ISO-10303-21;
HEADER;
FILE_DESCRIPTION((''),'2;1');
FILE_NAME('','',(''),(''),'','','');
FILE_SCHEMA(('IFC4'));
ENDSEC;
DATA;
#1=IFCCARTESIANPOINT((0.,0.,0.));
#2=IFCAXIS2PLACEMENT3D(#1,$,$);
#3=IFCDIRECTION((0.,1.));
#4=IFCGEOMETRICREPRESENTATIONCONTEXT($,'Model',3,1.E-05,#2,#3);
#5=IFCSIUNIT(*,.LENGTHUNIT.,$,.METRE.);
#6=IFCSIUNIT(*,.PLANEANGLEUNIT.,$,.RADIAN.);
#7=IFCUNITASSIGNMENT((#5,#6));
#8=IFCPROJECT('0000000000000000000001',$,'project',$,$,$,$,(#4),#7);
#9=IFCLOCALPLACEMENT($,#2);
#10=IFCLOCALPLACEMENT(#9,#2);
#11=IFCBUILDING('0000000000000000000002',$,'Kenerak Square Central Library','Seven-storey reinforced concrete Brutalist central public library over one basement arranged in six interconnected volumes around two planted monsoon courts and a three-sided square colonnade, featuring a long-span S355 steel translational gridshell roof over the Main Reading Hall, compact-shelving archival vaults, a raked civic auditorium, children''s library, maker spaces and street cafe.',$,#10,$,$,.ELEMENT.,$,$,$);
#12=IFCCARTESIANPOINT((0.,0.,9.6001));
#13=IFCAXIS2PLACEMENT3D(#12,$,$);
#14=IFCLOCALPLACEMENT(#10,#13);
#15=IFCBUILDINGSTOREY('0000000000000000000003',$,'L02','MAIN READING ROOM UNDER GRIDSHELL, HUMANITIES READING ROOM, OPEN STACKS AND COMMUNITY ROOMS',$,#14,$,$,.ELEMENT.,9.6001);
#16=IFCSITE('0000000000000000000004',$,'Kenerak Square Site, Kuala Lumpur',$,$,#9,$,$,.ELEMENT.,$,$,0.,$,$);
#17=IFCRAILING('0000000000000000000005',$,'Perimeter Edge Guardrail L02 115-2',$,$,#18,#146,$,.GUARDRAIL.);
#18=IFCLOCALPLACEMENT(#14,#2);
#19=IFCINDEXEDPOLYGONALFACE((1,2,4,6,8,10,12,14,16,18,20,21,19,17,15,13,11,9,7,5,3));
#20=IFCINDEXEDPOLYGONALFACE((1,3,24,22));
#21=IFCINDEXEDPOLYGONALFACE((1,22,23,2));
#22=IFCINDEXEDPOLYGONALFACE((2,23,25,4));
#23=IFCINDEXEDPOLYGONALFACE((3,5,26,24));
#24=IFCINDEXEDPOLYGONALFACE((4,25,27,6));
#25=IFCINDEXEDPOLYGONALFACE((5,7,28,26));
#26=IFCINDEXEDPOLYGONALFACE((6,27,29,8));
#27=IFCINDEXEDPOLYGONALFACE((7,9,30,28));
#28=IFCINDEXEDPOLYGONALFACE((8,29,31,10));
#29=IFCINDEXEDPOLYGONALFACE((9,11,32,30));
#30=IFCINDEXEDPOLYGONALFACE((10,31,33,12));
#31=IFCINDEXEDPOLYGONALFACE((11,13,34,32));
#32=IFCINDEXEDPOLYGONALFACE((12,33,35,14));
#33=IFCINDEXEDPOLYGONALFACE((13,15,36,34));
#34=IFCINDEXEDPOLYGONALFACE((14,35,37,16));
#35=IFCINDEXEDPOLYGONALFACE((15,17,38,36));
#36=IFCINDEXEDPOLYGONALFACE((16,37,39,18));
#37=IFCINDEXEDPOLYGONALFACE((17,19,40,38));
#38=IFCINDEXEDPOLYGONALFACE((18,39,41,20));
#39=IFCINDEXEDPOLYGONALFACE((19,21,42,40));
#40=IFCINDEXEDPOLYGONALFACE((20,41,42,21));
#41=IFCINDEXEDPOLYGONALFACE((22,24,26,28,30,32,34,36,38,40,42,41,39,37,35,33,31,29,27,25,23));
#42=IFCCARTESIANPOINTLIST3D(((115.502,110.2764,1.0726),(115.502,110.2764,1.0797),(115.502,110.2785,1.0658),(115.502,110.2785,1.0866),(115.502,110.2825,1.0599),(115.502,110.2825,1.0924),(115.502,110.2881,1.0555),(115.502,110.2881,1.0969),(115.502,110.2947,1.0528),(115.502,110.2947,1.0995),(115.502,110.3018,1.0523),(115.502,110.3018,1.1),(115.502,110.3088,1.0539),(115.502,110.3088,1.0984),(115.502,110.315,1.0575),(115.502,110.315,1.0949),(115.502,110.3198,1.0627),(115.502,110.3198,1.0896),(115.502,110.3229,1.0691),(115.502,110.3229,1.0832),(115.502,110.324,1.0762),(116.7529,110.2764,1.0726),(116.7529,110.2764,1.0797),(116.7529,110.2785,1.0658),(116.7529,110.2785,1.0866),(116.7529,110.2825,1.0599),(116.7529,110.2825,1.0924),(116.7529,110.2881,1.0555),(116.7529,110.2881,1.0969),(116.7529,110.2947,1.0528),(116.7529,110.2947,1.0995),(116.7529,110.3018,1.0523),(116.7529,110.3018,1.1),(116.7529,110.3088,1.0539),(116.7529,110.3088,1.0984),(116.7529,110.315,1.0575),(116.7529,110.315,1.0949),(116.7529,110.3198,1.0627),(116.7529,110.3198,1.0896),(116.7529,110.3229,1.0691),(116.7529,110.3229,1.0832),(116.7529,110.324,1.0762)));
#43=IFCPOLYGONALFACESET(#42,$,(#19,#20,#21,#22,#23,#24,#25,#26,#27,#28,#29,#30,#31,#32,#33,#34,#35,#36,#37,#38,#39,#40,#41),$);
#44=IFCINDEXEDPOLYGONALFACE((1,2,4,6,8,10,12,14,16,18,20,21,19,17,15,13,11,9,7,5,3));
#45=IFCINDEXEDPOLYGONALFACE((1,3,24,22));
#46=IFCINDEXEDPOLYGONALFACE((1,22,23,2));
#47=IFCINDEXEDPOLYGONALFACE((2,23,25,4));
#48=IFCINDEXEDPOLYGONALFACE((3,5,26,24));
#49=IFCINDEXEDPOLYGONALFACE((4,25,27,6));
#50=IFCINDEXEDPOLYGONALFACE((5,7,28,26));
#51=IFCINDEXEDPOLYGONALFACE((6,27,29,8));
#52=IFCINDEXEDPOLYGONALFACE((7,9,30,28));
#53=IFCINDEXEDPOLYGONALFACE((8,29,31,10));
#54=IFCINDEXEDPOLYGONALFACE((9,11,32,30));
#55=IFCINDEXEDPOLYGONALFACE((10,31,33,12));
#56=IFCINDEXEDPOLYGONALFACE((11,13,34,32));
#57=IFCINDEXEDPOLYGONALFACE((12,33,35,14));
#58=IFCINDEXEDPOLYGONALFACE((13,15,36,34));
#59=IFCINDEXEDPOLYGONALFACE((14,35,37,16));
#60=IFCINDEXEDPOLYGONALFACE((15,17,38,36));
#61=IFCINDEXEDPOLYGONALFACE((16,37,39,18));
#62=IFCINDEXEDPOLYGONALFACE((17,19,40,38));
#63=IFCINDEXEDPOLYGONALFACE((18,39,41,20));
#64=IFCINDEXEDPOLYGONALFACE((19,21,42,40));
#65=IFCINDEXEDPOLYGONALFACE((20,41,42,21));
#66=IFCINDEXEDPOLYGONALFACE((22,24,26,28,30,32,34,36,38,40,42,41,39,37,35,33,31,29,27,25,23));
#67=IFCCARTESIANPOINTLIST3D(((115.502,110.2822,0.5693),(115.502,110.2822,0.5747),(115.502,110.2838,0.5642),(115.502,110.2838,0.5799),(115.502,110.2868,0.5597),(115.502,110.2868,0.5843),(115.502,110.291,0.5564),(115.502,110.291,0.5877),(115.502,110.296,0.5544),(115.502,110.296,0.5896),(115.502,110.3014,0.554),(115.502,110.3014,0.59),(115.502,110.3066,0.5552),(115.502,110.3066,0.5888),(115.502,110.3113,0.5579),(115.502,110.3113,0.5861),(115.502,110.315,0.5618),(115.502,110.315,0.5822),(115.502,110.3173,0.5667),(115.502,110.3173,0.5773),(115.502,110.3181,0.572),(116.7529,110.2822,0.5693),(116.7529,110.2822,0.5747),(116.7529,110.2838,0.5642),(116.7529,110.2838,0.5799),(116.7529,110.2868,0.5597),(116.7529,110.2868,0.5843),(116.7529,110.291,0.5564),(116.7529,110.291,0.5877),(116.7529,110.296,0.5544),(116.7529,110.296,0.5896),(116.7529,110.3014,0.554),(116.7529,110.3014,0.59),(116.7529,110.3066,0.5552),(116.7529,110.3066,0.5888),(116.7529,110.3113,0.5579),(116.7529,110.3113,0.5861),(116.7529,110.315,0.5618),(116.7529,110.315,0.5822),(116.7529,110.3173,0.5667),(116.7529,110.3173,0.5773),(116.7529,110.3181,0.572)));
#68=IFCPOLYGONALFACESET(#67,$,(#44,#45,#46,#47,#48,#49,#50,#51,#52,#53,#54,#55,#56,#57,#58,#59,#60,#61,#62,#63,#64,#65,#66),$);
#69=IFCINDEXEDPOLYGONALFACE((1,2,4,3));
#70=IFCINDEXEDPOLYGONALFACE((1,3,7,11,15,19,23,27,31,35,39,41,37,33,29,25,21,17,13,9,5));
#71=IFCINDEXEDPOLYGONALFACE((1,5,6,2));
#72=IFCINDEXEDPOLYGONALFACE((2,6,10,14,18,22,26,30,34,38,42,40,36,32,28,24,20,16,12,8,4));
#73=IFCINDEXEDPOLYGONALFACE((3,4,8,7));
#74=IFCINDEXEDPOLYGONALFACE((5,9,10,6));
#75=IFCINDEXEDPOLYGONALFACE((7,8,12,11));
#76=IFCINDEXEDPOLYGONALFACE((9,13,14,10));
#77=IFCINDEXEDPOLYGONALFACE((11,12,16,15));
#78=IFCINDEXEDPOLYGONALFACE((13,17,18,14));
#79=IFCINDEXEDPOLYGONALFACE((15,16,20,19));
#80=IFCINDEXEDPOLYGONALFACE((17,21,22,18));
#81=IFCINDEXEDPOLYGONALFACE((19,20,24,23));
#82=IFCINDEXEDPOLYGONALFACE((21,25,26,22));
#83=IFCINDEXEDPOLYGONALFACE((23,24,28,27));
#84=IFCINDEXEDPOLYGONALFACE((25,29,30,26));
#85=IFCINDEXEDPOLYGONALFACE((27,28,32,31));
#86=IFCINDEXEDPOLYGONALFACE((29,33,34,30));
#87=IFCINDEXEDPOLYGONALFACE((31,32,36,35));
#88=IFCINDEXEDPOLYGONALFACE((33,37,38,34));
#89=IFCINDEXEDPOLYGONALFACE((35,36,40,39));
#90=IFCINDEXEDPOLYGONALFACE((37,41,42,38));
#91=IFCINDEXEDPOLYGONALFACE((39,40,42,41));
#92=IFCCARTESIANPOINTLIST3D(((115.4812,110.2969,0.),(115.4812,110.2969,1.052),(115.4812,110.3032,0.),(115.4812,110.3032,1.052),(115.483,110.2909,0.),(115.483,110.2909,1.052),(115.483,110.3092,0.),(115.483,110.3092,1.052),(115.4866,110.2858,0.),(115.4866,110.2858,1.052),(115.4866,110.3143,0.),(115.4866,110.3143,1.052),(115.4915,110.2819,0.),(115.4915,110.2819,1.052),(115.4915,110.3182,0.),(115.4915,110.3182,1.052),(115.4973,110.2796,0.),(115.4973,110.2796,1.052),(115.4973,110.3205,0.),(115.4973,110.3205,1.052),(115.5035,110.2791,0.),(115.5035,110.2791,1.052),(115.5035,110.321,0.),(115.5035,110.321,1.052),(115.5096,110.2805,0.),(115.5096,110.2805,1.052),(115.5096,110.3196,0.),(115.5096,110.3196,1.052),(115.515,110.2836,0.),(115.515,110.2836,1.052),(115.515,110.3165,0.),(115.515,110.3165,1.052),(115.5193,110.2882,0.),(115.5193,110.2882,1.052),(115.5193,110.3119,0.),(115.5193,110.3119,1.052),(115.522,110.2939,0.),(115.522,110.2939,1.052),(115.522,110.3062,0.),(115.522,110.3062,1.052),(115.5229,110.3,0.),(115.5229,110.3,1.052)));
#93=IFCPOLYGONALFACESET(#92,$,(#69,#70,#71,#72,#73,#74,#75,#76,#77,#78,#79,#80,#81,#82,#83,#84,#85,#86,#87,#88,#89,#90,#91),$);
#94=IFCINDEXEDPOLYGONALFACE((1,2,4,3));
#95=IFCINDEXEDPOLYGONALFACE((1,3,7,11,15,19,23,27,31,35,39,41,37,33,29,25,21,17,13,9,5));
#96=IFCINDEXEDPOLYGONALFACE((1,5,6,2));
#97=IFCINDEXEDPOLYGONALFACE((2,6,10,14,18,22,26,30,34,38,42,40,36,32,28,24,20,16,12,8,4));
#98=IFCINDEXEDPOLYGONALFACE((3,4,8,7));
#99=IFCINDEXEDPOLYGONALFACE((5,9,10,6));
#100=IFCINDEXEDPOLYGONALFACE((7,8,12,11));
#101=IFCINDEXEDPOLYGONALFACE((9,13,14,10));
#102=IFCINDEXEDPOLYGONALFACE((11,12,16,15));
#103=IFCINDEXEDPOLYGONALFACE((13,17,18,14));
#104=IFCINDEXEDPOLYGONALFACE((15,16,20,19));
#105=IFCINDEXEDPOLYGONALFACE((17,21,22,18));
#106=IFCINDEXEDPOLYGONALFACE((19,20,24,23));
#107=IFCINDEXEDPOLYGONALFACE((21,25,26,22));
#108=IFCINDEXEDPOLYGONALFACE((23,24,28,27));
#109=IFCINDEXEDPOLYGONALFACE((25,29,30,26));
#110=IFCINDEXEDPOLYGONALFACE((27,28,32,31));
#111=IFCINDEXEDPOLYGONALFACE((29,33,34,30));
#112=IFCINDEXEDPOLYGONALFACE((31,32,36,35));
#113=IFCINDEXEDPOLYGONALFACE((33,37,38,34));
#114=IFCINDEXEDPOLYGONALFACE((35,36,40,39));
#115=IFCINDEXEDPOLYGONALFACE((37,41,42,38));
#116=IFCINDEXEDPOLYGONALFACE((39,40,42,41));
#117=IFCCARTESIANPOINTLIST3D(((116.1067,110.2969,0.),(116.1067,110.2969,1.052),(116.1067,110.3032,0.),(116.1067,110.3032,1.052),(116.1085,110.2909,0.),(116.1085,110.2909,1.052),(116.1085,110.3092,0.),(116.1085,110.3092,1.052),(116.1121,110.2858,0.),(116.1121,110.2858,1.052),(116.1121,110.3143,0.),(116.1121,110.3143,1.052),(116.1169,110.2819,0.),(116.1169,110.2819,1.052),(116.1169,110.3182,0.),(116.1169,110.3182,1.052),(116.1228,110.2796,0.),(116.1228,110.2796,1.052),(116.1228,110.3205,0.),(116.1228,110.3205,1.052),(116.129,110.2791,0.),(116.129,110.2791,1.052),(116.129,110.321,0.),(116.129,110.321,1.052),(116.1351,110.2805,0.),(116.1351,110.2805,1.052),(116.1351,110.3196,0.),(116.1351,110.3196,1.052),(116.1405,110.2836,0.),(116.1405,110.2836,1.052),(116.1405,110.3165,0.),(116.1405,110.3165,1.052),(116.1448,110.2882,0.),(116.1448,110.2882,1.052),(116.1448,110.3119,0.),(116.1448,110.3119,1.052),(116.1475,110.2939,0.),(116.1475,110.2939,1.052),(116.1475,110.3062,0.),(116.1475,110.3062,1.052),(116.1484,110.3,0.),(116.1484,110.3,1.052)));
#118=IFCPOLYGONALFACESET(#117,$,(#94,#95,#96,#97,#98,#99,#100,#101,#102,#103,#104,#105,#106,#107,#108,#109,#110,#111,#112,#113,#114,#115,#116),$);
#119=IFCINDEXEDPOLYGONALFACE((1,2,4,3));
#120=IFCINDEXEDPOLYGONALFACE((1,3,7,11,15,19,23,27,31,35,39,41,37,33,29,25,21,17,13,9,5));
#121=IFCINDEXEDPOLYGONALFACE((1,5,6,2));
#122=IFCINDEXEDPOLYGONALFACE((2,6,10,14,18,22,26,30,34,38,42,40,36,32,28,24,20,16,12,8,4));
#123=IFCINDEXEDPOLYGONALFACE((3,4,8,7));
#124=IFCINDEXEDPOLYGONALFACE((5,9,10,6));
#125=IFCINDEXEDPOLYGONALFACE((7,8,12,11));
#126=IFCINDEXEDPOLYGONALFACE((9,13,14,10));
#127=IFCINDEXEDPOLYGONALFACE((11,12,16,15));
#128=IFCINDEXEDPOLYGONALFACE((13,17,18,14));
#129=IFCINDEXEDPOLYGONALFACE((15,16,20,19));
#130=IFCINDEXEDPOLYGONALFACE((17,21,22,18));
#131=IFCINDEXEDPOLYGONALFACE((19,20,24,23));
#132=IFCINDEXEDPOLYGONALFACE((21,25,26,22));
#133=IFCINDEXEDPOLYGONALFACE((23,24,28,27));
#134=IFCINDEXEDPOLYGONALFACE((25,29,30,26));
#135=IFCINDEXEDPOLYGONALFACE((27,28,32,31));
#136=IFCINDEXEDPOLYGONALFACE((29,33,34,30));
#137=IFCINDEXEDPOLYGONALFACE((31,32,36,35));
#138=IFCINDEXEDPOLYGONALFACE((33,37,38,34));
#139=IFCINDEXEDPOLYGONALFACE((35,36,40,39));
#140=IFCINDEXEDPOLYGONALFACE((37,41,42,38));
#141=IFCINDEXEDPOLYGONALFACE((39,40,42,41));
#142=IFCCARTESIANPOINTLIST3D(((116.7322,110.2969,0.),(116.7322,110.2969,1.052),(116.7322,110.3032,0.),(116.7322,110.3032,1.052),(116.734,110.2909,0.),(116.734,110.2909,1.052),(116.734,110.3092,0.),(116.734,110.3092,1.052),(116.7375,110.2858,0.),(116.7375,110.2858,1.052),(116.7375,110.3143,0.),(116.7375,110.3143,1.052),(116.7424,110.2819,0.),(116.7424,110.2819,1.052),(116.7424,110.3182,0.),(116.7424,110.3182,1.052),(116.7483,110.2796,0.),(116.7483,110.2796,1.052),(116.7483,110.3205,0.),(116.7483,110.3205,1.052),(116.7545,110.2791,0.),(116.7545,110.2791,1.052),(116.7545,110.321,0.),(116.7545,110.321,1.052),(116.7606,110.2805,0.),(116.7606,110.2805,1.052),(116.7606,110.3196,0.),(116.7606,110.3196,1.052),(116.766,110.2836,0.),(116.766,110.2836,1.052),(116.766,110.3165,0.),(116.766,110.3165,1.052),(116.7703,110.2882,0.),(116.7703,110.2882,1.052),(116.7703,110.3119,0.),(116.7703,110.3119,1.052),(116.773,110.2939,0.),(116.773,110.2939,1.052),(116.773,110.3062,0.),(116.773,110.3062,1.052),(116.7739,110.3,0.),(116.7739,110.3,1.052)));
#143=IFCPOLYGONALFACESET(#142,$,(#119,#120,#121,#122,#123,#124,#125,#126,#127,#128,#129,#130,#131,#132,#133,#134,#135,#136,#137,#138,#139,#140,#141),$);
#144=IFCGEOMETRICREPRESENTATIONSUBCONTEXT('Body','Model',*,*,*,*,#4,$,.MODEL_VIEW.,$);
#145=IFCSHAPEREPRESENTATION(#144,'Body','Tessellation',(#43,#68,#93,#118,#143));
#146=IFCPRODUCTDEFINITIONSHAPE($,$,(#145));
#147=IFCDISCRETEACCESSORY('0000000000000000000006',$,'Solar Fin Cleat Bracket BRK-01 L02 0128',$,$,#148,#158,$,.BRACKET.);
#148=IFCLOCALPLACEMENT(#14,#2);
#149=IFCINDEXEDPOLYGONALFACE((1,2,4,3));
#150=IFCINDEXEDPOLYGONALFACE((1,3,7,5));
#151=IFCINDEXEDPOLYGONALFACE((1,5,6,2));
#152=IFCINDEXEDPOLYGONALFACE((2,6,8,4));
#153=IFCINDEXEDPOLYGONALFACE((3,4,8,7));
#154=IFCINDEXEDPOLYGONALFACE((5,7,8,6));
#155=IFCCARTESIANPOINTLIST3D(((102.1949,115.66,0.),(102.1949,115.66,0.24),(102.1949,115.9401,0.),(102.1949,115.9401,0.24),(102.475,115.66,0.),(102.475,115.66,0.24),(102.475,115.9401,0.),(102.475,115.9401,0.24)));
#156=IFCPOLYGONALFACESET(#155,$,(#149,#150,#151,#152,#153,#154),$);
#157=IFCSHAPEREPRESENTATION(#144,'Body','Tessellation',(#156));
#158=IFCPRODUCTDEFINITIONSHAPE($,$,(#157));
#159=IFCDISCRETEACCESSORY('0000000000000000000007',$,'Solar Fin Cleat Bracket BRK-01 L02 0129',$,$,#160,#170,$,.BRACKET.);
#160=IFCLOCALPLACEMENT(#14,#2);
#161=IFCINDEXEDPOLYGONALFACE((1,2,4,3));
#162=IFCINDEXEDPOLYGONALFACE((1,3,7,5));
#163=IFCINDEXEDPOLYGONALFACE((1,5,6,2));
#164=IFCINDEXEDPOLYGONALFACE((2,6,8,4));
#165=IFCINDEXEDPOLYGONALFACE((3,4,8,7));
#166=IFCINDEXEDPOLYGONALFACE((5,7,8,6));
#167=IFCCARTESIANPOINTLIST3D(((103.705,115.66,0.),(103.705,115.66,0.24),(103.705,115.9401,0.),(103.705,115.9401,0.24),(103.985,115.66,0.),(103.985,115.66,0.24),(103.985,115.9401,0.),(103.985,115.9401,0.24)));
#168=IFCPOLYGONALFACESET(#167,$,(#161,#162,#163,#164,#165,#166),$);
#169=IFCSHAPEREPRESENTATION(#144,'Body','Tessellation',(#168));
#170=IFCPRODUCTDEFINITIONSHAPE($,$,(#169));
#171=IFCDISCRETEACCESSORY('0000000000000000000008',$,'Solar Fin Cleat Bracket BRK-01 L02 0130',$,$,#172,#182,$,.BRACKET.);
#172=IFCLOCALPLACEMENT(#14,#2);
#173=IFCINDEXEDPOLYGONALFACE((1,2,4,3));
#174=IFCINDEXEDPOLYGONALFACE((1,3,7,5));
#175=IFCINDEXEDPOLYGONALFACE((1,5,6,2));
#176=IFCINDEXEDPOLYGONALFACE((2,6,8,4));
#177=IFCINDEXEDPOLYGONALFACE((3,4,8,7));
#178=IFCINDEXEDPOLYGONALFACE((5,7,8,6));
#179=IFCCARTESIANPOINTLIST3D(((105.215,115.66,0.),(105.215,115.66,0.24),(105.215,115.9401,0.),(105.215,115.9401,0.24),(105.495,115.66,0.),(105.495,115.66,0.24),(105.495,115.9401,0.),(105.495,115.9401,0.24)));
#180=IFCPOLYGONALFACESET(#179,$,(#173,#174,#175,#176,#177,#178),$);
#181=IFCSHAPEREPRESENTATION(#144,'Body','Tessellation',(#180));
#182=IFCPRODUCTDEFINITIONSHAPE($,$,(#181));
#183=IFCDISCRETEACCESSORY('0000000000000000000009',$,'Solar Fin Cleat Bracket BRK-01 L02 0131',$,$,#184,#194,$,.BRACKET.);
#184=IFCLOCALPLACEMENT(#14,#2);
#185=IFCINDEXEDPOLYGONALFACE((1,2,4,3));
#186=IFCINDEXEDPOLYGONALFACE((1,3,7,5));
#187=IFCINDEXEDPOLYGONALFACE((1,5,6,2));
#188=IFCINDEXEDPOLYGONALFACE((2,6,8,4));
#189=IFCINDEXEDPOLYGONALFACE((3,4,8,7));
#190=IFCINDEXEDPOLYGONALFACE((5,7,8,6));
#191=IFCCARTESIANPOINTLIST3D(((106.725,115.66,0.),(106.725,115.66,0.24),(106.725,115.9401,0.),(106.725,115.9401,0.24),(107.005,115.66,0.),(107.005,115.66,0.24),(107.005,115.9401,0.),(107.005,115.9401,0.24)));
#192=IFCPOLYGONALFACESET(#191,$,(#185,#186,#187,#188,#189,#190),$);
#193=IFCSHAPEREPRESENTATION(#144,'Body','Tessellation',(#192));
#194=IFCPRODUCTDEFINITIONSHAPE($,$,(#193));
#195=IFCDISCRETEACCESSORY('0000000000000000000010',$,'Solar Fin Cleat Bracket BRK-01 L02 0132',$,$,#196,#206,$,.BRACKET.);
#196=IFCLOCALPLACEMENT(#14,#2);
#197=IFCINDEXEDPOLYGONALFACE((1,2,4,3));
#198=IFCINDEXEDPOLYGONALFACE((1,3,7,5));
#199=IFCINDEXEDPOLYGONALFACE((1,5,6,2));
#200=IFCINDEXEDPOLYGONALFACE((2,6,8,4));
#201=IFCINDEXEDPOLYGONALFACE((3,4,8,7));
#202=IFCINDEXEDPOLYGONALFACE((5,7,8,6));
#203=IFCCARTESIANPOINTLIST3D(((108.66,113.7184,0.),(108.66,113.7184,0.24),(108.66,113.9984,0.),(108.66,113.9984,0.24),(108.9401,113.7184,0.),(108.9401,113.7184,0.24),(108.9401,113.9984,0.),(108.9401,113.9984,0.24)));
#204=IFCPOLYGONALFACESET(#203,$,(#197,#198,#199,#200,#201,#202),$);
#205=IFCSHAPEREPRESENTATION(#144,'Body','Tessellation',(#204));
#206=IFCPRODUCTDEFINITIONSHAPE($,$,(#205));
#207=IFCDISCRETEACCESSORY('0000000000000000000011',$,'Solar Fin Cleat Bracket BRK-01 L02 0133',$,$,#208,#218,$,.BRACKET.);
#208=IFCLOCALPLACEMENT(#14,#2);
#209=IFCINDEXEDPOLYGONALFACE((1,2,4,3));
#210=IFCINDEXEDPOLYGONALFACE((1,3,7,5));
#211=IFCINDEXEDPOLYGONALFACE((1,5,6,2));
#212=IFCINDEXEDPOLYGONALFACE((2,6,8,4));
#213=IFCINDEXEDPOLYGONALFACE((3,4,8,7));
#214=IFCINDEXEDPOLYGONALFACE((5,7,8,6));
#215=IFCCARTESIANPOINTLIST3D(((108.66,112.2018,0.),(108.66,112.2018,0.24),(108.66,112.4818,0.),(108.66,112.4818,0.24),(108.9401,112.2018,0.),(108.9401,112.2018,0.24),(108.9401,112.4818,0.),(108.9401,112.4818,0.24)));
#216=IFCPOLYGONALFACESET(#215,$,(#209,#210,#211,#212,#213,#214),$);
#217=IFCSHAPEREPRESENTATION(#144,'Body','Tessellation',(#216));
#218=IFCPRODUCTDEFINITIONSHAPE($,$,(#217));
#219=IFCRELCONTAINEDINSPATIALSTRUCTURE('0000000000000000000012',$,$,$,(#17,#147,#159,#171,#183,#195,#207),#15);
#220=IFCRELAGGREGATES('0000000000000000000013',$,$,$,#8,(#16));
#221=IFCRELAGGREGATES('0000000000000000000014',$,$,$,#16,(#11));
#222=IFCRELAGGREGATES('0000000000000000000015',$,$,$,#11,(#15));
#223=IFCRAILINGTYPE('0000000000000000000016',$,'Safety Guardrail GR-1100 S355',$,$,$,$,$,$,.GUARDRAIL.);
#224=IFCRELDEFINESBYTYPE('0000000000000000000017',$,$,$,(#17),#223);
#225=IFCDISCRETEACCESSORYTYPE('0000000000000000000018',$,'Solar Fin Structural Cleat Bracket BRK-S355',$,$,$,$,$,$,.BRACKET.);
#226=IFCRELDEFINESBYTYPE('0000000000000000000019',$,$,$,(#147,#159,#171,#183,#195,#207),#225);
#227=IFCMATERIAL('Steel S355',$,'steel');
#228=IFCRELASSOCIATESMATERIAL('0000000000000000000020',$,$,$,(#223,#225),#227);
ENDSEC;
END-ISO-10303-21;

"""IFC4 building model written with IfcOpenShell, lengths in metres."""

from ifc_helpers import new_model, si_unit, direction, frame, origin, origin_2d, place, context, subcontext, project, spatial, rectangle, circle, extrude, material, type_object, element, save


model = new_model("IFC4")

# Units and contexts
model_context = context("Model", 3, precision=1e-05, world=origin(), true_north=direction((0.0, 1.0)))
body_context = subcontext(model_context, "Body", "Model", "MODEL_VIEW")
ifc_project = project(units=[si_unit("LENGTHUNIT", "METRE"), si_unit("PLANEANGLEUNIT", "RADIAN")], contexts=[model_context])

# Site, building, storey
site_placement = place(None, origin())
site = spatial("IfcSite", under=ifc_project, at=site_placement, Name="Kenerak Square Site, Kuala Lumpur", CompositionType="ELEMENT", RefElevation=0.0)
building_placement = place(site_placement, origin())
building = spatial("IfcBuilding", under=site, at=building_placement, Name="Kenerak Square Central Library", Description="Seven-storey reinforced concrete Brutalist central public library over one basement arranged in six interconnected volumes around two planted monsoon courts and a three-sided square colonnade, featuring a long-span S355 steel translational gridshell roof over the Main Reading Hall, compact-shelving archival vaults, a raked civic auditorium, children's library, maker spaces and street cafe.", CompositionType="ELEMENT")
storey_placement = place(building_placement, frame((0.0, 0.0, 9.6001)))
storey = spatial("IfcBuildingStorey", under=building, at=storey_placement, Name="L02", Description="MAIN READING ROOM UNDER GRIDSHELL, HUMANITIES READING ROOM, OPEN STACKS AND COMMUNITY ROOMS", CompositionType="ELEMENT", Elevation=9.6001)

# Railing
ifc_material_1 = material(Name="Steel S355", Category="steel")
railing_type = type_object("IfcRailingType", Name="Safety Guardrail GR-1100 S355", PredefinedType="GUARDRAIL", material=ifc_material_1)
for number, where, name in (
    (1, (115.502, 110.3, 0.0), "Perimeter Edge Guardrail L02 115-2"),
):
    element("IfcRailing", number, at=place(storey_placement, frame(where)), inside=storey, type_object=railing_type, Name=name, PredefinedType="GUARDRAIL", context=body_context, shape_type="SweptSolid", body=[
        extrude(circle(Radius=0.0239, at=origin_2d()), frame((0.0, 0.0, 1.0762), z_axis=(1.0, 0.0, 0.0), x_axis=(0.0, 1.0, 0.0)), (0.0, 0.0, 1.0), 1.251),
        extrude(circle(Radius=0.0181, at=origin_2d()), frame((0.0, 0.0, 0.572), z_axis=(1.0, 0.0, 0.0), x_axis=(0.0, 1.0, 0.0)), (0.0, 0.0, 1.0), 1.251),
        extrude(circle(Radius=0.021, at=origin_2d()), origin(), (0.0, 0.0, 1.0), 1.052),
        extrude(circle(Radius=0.021, at=origin_2d()), frame((0.6255, 0.0, 0.0)), (0.0, 0.0, 1.0), 1.052),
        extrude(circle(Radius=0.021, at=origin_2d()), frame((1.251, 0.0, 0.0)), (0.0, 0.0, 1.0), 1.052),
    ])

# Discrete accessories
discrete_accessory_type = type_object("IfcDiscreteAccessoryType", Name="Solar Fin Structural Cleat Bracket BRK-S355", PredefinedType="BRACKET", material=ifc_material_1)
for number, where, z_axis, x_axis, name in (
    (2, (102.335, 115.8, 0.0), (0.0, 0.0, 1.0), (1.0, 0.0, 0.0), "Solar Fin Cleat Bracket BRK-01 L02 0128"),
    (3, (103.845, 115.8, 0.0), (0.0, 0.0, 1.0), (1.0, 0.0, 0.0), "Solar Fin Cleat Bracket BRK-01 L02 0129"),
    (4, (105.355, 115.8, 0.0), (0.0, 0.0, 1.0), (1.0, 0.0, 0.0), "Solar Fin Cleat Bracket BRK-01 L02 0130"),
    (5, (106.865, 115.8, 0.0), (0.0, 0.0, 1.0), (1.0, 0.0, 0.0), "Solar Fin Cleat Bracket BRK-01 L02 0131"),
    (6, (108.8, 113.8584, 0.0), (0.0, 0.0, 1.0), (0.0, -1.0, 0.0), "Solar Fin Cleat Bracket BRK-01 L02 0132"),
    (7, (108.8, 112.3418, 0.0), (0.0, 0.0, 1.0), (0.0, -1.0, 0.0), "Solar Fin Cleat Bracket BRK-01 L02 0133"),
):
    element("IfcDiscreteAccessory", number, at=place(storey_placement, frame(where, z_axis=z_axis, x_axis=x_axis)), inside=storey, type_object=discrete_accessory_type, Name=name, PredefinedType="BRACKET", context=body_context, shape_type="SweptSolid", body=[
        extrude(rectangle(XDim=0.28, YDim=0.28, at=origin_2d()), origin(), (0.0, 0.0, 1.0), 0.24),
    ])

save(model, "model.ifc")
